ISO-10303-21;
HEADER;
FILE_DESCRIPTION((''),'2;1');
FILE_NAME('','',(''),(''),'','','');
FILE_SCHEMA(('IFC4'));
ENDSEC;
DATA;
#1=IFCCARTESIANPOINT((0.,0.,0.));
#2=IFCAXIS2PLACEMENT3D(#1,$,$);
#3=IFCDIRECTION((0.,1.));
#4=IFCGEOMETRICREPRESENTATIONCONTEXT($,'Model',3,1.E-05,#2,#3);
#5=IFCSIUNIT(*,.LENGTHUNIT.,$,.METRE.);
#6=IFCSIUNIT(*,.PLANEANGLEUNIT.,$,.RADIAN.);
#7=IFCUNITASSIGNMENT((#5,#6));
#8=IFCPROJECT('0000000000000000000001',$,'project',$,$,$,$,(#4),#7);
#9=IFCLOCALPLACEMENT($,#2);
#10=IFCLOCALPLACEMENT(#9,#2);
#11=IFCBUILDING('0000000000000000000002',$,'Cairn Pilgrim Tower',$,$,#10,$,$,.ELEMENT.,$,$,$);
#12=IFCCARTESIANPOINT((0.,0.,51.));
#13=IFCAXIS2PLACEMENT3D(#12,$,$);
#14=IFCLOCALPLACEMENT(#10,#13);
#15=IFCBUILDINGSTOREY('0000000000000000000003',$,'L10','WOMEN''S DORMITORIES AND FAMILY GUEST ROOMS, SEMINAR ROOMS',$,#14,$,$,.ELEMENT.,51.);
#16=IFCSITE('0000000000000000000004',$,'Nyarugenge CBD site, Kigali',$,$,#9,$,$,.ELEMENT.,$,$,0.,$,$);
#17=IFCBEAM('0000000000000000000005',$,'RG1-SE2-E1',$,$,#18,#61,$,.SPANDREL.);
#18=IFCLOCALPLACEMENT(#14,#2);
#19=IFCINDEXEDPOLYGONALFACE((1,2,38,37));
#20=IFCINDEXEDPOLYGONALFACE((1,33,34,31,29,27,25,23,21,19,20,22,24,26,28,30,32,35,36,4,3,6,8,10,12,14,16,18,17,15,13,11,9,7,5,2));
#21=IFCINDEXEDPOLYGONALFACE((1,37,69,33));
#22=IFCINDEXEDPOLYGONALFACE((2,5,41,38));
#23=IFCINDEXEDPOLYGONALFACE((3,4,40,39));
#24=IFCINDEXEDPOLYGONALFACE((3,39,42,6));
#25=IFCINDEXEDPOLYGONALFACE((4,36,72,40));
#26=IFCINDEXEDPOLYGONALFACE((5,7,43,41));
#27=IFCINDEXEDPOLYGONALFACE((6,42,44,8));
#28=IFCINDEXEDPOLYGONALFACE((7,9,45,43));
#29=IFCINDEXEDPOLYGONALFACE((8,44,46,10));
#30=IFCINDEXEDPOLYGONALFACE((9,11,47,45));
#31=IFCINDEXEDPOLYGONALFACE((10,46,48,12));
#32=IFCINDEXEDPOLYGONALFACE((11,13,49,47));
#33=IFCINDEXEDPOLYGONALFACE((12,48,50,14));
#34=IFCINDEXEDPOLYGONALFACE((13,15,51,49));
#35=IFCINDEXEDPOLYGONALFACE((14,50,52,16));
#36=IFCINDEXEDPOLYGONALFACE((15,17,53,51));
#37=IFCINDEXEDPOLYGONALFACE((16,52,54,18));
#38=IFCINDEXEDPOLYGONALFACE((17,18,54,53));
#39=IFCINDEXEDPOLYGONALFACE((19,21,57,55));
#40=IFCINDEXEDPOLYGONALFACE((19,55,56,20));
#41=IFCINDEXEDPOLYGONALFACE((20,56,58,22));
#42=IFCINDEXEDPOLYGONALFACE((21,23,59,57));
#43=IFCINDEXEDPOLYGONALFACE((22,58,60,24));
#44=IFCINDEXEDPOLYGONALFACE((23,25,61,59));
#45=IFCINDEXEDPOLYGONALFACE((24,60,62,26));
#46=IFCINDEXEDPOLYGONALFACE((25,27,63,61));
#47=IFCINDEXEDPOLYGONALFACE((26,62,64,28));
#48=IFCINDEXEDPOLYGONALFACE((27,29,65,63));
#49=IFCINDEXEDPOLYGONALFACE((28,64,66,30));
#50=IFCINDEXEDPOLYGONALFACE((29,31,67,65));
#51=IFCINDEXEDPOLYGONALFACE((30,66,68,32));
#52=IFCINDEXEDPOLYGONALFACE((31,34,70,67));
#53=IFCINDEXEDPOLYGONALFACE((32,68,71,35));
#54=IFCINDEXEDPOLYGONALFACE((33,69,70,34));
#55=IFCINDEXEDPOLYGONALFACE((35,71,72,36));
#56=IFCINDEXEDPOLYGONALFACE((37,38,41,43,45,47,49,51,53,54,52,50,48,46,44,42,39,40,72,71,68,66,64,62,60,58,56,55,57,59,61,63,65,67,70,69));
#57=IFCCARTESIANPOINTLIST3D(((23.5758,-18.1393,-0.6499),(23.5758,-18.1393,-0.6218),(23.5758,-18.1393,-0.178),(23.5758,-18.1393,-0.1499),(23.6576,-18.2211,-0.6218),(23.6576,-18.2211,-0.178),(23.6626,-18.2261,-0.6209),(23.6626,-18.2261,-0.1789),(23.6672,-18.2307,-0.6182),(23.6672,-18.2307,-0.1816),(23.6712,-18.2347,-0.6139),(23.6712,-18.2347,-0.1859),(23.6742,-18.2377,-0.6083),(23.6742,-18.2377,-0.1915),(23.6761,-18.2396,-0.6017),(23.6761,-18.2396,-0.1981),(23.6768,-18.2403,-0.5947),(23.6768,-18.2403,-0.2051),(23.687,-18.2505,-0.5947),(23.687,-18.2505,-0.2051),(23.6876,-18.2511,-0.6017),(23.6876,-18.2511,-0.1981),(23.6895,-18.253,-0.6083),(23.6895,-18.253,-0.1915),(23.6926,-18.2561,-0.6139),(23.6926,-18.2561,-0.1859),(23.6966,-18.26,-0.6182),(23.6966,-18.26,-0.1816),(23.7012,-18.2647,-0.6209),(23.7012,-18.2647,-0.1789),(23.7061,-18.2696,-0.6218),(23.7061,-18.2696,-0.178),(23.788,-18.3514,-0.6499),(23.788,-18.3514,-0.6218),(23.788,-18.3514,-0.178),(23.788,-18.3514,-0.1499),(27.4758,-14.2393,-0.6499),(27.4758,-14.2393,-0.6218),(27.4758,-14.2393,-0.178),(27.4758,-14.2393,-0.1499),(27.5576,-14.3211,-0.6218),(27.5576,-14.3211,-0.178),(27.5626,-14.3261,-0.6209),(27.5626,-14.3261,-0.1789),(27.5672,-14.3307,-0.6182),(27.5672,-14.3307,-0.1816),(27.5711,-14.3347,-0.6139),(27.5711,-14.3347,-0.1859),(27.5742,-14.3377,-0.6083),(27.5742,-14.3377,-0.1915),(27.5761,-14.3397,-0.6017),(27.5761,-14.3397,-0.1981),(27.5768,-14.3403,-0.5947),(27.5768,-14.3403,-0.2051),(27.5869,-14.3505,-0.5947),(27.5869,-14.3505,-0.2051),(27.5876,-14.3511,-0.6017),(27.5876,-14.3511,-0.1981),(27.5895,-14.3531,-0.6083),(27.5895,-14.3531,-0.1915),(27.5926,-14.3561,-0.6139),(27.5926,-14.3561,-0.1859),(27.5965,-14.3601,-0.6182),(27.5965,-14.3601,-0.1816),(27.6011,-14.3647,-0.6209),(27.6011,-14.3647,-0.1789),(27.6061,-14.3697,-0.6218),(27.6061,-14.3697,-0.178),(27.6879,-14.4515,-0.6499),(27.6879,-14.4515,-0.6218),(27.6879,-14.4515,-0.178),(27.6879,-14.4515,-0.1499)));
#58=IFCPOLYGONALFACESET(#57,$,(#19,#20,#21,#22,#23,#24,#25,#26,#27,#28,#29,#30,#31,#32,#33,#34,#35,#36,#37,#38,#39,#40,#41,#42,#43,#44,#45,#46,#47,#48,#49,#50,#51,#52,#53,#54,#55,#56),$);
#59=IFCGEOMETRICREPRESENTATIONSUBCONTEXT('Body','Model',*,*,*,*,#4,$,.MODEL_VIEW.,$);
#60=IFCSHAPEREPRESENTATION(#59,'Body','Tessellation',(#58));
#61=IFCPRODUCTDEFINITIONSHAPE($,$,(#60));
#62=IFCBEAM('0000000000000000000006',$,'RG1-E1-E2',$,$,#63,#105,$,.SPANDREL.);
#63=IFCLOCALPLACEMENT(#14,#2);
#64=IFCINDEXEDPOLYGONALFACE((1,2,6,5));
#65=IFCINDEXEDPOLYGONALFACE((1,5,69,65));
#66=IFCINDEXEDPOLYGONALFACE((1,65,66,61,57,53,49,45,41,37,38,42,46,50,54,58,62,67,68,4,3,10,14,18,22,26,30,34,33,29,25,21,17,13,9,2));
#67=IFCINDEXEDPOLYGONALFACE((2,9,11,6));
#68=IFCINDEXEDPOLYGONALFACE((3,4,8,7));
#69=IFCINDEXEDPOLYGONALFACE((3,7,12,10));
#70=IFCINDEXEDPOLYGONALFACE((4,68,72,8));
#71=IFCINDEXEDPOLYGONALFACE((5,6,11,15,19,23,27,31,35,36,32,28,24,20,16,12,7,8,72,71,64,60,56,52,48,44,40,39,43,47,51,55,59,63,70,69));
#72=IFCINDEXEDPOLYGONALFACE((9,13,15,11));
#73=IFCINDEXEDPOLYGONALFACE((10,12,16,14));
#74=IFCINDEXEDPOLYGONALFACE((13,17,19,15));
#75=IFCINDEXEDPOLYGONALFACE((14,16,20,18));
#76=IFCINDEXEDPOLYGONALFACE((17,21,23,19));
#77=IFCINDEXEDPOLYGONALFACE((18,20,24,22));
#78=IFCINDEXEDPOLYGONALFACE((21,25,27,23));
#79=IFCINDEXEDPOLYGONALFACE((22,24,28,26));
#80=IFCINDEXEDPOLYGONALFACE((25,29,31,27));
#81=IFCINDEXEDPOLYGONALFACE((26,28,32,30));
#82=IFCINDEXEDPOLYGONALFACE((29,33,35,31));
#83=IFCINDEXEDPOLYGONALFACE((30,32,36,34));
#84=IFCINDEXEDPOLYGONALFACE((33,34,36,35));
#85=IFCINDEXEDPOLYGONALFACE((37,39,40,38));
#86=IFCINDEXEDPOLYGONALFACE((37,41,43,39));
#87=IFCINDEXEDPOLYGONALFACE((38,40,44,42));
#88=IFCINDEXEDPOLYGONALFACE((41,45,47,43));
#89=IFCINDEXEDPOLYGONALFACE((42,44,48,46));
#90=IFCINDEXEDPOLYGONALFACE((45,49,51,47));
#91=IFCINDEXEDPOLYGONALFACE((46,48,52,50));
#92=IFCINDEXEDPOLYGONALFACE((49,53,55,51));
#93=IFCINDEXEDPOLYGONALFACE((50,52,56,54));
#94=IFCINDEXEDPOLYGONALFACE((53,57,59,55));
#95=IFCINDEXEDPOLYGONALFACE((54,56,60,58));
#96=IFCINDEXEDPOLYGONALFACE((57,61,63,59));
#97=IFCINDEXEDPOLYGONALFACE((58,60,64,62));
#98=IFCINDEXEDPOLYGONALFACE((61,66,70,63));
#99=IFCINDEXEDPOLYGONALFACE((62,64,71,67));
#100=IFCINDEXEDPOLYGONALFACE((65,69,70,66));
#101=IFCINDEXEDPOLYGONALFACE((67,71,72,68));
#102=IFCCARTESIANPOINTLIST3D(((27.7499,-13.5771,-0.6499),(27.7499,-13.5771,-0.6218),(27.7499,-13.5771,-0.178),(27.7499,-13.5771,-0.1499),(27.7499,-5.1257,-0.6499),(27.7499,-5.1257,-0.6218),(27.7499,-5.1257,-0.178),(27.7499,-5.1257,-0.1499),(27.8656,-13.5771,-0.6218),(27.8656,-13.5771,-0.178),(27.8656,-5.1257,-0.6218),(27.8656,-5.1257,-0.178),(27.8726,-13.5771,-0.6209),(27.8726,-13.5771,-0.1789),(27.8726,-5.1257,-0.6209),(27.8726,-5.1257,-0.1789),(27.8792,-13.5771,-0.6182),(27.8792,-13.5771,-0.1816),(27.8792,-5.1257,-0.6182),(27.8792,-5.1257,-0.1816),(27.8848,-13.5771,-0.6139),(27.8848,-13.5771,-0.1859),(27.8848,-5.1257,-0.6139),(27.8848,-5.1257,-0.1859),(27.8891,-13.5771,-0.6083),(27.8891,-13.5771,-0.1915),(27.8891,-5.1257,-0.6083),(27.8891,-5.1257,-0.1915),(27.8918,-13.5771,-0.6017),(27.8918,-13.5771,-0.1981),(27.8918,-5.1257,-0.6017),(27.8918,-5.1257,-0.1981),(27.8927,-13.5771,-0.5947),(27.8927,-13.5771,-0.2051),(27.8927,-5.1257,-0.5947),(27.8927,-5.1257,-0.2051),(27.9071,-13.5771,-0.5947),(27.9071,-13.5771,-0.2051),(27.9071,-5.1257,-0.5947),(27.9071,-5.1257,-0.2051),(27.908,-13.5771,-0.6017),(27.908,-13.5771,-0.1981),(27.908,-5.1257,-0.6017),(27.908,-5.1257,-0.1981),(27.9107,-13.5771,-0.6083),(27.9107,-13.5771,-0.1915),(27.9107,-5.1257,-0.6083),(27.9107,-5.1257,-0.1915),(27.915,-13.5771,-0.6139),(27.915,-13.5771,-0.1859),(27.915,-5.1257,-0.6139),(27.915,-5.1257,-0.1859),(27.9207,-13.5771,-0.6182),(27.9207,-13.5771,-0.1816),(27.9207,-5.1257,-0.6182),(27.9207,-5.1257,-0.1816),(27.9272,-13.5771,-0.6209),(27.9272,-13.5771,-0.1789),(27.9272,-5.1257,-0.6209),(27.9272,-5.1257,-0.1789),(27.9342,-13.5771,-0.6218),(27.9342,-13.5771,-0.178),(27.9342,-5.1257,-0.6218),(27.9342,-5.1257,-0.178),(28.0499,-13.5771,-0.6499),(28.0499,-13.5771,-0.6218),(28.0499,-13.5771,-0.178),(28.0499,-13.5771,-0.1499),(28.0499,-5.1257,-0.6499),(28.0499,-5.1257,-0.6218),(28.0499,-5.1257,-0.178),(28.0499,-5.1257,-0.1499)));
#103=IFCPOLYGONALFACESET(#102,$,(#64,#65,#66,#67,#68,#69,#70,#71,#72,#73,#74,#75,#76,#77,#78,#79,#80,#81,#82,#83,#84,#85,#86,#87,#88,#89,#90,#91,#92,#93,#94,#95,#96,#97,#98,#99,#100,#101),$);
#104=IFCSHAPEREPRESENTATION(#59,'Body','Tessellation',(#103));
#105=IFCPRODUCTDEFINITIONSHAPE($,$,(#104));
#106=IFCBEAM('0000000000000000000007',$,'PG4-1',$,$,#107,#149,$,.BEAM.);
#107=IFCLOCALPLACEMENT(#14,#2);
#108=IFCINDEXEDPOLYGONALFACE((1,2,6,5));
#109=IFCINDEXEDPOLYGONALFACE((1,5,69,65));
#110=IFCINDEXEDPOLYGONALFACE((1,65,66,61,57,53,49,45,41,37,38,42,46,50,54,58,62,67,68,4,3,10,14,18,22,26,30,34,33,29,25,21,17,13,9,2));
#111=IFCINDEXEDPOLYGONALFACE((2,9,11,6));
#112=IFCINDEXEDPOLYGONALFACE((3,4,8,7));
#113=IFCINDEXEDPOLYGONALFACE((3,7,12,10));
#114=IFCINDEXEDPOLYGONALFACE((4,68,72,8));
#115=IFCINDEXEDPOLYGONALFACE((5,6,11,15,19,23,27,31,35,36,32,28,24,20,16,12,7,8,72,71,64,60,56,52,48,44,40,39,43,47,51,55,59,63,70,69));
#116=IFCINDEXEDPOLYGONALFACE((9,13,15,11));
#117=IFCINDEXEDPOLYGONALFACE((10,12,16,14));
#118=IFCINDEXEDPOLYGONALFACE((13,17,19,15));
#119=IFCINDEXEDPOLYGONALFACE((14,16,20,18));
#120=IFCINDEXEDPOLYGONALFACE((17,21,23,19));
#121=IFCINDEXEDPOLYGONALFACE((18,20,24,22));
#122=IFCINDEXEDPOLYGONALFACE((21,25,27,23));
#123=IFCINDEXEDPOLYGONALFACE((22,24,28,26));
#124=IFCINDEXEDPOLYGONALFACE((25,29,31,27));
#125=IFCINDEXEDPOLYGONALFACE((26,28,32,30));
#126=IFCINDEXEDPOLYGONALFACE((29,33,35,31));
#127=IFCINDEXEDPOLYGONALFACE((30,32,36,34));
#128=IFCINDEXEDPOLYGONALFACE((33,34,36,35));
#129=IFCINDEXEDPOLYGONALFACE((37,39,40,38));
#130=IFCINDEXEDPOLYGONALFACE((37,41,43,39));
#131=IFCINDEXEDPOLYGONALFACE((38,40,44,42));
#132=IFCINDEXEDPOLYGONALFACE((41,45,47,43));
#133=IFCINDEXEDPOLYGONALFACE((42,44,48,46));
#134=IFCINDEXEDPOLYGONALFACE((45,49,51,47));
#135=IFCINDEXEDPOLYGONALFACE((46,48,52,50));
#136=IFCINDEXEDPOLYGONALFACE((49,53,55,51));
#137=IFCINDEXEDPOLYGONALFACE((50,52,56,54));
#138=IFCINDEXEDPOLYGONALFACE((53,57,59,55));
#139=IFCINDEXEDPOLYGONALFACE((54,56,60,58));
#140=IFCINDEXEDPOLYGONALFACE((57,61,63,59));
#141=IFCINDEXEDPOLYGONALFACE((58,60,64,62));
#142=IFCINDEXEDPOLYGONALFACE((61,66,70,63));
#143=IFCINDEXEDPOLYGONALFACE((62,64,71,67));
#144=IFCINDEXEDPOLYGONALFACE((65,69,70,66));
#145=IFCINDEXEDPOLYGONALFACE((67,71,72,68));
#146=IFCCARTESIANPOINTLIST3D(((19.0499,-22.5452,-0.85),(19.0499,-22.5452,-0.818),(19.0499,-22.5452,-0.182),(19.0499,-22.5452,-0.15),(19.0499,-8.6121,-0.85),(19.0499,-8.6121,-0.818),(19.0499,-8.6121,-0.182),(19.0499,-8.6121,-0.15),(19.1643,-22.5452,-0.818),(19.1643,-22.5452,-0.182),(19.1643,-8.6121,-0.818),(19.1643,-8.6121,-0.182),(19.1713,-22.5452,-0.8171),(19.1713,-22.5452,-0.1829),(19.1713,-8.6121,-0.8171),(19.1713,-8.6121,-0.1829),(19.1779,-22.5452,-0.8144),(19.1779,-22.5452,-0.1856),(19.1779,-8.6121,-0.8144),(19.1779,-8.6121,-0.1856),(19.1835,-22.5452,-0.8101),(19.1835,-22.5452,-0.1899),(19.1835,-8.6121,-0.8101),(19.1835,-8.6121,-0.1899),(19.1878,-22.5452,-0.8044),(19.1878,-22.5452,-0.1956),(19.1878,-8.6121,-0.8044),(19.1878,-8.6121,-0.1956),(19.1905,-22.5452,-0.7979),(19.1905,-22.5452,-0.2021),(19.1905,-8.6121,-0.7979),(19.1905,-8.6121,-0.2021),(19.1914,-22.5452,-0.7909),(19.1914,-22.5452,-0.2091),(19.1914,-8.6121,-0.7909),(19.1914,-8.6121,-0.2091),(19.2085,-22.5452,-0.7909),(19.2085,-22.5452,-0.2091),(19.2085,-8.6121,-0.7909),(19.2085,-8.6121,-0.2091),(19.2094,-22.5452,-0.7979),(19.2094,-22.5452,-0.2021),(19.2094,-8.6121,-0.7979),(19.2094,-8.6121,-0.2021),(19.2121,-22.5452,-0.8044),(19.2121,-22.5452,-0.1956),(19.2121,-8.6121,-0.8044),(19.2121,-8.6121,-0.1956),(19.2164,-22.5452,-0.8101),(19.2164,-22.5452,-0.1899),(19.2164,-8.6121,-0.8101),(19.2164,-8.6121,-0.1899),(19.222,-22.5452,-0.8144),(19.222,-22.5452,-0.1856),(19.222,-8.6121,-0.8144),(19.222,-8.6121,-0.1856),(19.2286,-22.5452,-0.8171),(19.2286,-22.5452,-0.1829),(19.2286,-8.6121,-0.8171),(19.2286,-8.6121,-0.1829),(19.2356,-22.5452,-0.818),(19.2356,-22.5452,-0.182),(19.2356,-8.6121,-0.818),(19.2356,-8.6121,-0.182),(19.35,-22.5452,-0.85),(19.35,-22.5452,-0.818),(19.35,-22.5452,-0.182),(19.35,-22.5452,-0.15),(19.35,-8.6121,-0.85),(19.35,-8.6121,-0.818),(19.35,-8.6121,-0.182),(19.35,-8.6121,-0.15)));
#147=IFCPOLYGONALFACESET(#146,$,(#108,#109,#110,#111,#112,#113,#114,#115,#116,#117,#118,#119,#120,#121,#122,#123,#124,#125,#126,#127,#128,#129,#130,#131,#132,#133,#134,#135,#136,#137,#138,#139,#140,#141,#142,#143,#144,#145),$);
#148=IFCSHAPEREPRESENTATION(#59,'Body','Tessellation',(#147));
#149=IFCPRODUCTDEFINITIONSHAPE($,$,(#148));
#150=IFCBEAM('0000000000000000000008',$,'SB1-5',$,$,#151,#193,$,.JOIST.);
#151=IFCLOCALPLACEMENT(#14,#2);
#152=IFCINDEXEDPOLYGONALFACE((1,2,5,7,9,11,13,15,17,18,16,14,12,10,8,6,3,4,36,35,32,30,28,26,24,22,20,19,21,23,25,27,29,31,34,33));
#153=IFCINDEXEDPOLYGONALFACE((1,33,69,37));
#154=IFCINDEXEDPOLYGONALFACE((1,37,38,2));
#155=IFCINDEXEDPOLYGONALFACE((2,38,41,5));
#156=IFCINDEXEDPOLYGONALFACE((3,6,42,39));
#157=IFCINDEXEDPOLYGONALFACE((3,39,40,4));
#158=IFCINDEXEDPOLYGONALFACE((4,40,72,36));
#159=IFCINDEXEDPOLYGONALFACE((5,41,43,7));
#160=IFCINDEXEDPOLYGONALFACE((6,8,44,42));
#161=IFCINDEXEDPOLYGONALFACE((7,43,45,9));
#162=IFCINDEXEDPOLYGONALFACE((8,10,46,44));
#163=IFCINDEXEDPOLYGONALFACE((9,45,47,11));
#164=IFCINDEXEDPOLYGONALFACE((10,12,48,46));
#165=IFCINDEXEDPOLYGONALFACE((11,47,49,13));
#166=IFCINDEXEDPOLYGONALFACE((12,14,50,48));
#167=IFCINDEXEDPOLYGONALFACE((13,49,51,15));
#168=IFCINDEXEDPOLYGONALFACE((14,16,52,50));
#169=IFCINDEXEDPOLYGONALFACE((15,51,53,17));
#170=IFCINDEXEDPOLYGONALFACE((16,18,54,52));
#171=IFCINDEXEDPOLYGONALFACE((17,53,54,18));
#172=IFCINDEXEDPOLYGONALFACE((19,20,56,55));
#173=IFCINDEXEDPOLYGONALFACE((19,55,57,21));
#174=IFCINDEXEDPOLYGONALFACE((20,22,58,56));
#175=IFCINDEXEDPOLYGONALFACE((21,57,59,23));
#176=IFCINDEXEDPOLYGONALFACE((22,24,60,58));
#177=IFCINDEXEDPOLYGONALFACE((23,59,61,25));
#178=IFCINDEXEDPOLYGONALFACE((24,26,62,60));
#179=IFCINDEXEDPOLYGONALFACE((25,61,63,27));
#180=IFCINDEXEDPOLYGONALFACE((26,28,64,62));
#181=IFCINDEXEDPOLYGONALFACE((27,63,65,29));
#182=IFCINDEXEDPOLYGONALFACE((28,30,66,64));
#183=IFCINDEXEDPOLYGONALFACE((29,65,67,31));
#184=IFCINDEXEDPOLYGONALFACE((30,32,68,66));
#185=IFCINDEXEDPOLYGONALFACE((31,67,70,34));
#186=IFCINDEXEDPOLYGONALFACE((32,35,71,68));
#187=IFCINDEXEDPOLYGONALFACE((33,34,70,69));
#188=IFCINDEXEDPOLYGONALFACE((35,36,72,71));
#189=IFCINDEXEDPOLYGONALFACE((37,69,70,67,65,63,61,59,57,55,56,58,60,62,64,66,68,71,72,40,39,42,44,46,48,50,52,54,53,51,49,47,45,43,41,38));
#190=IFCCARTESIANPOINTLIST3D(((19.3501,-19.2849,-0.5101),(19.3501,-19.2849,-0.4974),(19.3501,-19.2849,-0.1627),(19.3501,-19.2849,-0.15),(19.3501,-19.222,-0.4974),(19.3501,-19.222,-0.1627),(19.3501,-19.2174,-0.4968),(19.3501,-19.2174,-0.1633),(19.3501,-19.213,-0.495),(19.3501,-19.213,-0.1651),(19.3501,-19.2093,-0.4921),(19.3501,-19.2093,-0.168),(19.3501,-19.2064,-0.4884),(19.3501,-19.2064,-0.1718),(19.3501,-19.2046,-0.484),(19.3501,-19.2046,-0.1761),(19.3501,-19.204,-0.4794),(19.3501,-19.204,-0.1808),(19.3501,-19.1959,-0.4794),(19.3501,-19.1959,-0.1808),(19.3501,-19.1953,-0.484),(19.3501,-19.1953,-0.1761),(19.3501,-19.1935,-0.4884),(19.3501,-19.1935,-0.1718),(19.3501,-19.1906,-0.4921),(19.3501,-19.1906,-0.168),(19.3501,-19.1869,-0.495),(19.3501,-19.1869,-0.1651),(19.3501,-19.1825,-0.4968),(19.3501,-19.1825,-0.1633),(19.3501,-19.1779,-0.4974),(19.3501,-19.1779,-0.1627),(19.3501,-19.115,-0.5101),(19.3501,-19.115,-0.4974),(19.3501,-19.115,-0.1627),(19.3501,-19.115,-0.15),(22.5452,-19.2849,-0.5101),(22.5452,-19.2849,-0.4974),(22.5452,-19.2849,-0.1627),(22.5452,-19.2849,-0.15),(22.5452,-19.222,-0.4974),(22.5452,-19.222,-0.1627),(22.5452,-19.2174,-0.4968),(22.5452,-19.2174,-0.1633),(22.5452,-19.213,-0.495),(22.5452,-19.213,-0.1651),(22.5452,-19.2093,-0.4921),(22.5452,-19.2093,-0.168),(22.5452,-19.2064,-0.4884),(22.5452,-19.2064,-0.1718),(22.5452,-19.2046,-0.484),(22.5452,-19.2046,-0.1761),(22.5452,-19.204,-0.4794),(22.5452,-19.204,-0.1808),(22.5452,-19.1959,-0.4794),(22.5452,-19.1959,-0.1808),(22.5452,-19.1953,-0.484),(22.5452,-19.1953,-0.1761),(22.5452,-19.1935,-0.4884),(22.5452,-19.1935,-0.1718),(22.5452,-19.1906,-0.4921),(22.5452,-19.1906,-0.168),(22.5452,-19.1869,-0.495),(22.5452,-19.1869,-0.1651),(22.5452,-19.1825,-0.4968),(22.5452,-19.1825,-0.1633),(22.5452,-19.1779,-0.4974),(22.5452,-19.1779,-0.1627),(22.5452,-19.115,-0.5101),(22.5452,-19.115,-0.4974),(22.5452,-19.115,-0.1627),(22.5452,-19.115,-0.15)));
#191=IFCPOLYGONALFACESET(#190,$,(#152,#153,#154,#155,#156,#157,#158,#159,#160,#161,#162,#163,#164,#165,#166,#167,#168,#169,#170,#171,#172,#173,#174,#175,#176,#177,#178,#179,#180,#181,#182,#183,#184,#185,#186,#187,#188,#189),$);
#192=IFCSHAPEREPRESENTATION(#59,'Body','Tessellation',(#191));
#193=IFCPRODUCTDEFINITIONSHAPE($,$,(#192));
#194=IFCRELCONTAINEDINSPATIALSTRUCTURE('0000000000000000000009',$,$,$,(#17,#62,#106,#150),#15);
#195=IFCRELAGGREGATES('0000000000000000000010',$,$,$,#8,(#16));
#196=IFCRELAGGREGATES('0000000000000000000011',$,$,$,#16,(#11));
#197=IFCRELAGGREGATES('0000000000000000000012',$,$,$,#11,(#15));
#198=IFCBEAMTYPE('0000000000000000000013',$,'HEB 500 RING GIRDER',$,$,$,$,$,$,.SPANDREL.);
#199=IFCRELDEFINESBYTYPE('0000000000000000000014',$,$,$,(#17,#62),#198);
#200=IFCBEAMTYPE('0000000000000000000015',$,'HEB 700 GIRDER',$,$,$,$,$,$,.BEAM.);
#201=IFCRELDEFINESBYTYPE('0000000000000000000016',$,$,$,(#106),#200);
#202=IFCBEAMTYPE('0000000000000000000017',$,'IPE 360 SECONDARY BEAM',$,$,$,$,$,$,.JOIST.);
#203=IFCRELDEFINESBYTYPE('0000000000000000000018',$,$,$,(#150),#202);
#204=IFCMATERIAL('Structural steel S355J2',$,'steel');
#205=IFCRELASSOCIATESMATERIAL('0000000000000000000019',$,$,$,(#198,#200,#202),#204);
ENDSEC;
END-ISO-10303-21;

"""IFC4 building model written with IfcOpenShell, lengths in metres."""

from ifc_helpers import new_model, si_unit, direction, frame, origin, origin_2d, place, context, subcontext, project, spatial, i_section, extrude, material, material_profile, profile_set, type_object, element, save


model = new_model("IFC4")

# Units and contexts
model_context = context("Model", 3, precision=1e-05, world=origin(), true_north=direction((0.0, 1.0)))
body_context = subcontext(model_context, "Body", "Model", "MODEL_VIEW")
ifc_project = project(units=[si_unit("LENGTHUNIT", "METRE"), si_unit("PLANEANGLEUNIT", "RADIAN")], contexts=[model_context])

# Site, building, storey
site_placement = place(None, origin())
site = spatial("IfcSite", under=ifc_project, at=site_placement, Name="Nyarugenge CBD site, Kigali", CompositionType="ELEMENT", RefElevation=0.0)
building_placement = place(site_placement, origin())
building = spatial("IfcBuilding", under=site, at=building_placement, Name="Cairn Pilgrim Tower", CompositionType="ELEMENT")
storey_placement = place(building_placement, frame((0.0, 0.0, 51.0)))
storey = spatial("IfcBuildingStorey", under=building, at=storey_placement, Name="L10", Description="WOMEN'S DORMITORIES AND FAMILY GUEST ROOMS, SEMINAR ROOMS", CompositionType="ELEMENT", Elevation=51.0)

# Shared definitions
ifc_material_1 = material(Name="Structural steel S355J2", Category="steel")

# Beams
ifc_material_profile_1 = material_profile(ifc_material_1, i_section(OverallWidth=0.3, OverallDepth=0.5, WebThickness=0.0144, FlangeThickness=0.0281, FilletRadius=0.0271, at=origin_2d()), Name="HEB 500")
ifc_profile_set_1 = profile_set([ifc_material_profile_1], Name="Structural steel S355J2")
beam_type_1 = type_object("IfcBeamType", Name="HEB 500 RING GIRDER", PredefinedType="SPANDREL", material=ifc_profile_set_1)
beam_1_placement = place(storey_placement, frame((23.6819, -18.2454, -0.3999), z_axis=(0.707107, 0.707107, 0.0), x_axis=(-0.707107, 0.707107, 0.0)))
element("IfcBeam", 1, at=beam_1_placement, inside=storey, type_object=beam_type_1, Name="RG1-SE2-E1", PredefinedType="SPANDREL", context=body_context, shape_type="SweptSolid", body=[
    extrude(i_section(OverallWidth=0.3, OverallDepth=0.5, WebThickness=0.0144, FlangeThickness=0.0281, FilletRadius=0.0271, at=origin_2d()), origin(), (0.0, 0.0, 1.0), 5.5154),
])
beam_2_placement = place(storey_placement, frame((27.8999, -13.5771, -0.3999), z_axis=(0.0, 1.0, 0.0), x_axis=(-1.0, 0.0, 0.0)))
element("IfcBeam", 2, at=beam_2_placement, inside=storey, type_object=beam_type_1, Name="RG1-E1-E2", PredefinedType="SPANDREL", context=body_context, shape_type="SweptSolid", body=[
    extrude(i_section(OverallWidth=0.3, OverallDepth=0.5, WebThickness=0.0144, FlangeThickness=0.0281, FilletRadius=0.0271, at=origin_2d()), origin(), (0.0, 0.0, 1.0), 8.4514),
])
ifc_material_profile_2 = material_profile(ifc_material_1, i_section(OverallWidth=0.3, OverallDepth=0.7, WebThickness=0.0171, FlangeThickness=0.032, FilletRadius=0.0271, at=origin_2d()), Name="HEB 700")
ifc_profile_set_2 = profile_set([ifc_material_profile_2], Name="Structural steel S355J2")
beam_type_2 = type_object("IfcBeamType", Name="HEB 700 GIRDER", PredefinedType="BEAM", material=ifc_profile_set_2)
beam_3_placement = place(storey_placement, frame((19.2, -22.5452, -0.5), z_axis=(0.0, 1.0, 0.0), x_axis=(-1.0, 0.0, 0.0)))
element("IfcBeam", 3, at=beam_3_placement, inside=storey, type_object=beam_type_2, Name="PG4-1", PredefinedType="BEAM", context=body_context, shape_type="SweptSolid", body=[
    extrude(i_section(OverallWidth=0.3, OverallDepth=0.7, WebThickness=0.0171, FlangeThickness=0.032, FilletRadius=0.0271, at=origin_2d()), origin(), (0.0, 0.0, 1.0), 13.9331),
])
ifc_material_profile_3 = material_profile(ifc_material_1, i_section(OverallWidth=0.1699, OverallDepth=0.3601, WebThickness=0.0081, FlangeThickness=0.0127, FilletRadius=0.0181, at=origin_2d()), Name="IPE 360")
ifc_profile_set_3 = profile_set([ifc_material_profile_3], Name="Structural steel S355J2")
beam_type_3 = type_object("IfcBeamType", Name="IPE 360 SECONDARY BEAM", PredefinedType="JOIST", material=ifc_profile_set_3)
beam_4_placement = place(storey_placement, frame((19.3501, -19.2, -0.3301), z_axis=(1.0, 0.0, 0.0), x_axis=(0.0, 1.0, 0.0)))
element("IfcBeam", 4, at=beam_4_placement, inside=storey, type_object=beam_type_3, Name="SB1-5", PredefinedType="JOIST", context=body_context, shape_type="SweptSolid", body=[
    extrude(i_section(OverallWidth=0.1699, OverallDepth=0.3601, WebThickness=0.0081, FlangeThickness=0.0127, FilletRadius=0.0181, at=origin_2d()), origin(), (0.0, 0.0, 1.0), 3.1951),
])

save(model, "model.ifc")
